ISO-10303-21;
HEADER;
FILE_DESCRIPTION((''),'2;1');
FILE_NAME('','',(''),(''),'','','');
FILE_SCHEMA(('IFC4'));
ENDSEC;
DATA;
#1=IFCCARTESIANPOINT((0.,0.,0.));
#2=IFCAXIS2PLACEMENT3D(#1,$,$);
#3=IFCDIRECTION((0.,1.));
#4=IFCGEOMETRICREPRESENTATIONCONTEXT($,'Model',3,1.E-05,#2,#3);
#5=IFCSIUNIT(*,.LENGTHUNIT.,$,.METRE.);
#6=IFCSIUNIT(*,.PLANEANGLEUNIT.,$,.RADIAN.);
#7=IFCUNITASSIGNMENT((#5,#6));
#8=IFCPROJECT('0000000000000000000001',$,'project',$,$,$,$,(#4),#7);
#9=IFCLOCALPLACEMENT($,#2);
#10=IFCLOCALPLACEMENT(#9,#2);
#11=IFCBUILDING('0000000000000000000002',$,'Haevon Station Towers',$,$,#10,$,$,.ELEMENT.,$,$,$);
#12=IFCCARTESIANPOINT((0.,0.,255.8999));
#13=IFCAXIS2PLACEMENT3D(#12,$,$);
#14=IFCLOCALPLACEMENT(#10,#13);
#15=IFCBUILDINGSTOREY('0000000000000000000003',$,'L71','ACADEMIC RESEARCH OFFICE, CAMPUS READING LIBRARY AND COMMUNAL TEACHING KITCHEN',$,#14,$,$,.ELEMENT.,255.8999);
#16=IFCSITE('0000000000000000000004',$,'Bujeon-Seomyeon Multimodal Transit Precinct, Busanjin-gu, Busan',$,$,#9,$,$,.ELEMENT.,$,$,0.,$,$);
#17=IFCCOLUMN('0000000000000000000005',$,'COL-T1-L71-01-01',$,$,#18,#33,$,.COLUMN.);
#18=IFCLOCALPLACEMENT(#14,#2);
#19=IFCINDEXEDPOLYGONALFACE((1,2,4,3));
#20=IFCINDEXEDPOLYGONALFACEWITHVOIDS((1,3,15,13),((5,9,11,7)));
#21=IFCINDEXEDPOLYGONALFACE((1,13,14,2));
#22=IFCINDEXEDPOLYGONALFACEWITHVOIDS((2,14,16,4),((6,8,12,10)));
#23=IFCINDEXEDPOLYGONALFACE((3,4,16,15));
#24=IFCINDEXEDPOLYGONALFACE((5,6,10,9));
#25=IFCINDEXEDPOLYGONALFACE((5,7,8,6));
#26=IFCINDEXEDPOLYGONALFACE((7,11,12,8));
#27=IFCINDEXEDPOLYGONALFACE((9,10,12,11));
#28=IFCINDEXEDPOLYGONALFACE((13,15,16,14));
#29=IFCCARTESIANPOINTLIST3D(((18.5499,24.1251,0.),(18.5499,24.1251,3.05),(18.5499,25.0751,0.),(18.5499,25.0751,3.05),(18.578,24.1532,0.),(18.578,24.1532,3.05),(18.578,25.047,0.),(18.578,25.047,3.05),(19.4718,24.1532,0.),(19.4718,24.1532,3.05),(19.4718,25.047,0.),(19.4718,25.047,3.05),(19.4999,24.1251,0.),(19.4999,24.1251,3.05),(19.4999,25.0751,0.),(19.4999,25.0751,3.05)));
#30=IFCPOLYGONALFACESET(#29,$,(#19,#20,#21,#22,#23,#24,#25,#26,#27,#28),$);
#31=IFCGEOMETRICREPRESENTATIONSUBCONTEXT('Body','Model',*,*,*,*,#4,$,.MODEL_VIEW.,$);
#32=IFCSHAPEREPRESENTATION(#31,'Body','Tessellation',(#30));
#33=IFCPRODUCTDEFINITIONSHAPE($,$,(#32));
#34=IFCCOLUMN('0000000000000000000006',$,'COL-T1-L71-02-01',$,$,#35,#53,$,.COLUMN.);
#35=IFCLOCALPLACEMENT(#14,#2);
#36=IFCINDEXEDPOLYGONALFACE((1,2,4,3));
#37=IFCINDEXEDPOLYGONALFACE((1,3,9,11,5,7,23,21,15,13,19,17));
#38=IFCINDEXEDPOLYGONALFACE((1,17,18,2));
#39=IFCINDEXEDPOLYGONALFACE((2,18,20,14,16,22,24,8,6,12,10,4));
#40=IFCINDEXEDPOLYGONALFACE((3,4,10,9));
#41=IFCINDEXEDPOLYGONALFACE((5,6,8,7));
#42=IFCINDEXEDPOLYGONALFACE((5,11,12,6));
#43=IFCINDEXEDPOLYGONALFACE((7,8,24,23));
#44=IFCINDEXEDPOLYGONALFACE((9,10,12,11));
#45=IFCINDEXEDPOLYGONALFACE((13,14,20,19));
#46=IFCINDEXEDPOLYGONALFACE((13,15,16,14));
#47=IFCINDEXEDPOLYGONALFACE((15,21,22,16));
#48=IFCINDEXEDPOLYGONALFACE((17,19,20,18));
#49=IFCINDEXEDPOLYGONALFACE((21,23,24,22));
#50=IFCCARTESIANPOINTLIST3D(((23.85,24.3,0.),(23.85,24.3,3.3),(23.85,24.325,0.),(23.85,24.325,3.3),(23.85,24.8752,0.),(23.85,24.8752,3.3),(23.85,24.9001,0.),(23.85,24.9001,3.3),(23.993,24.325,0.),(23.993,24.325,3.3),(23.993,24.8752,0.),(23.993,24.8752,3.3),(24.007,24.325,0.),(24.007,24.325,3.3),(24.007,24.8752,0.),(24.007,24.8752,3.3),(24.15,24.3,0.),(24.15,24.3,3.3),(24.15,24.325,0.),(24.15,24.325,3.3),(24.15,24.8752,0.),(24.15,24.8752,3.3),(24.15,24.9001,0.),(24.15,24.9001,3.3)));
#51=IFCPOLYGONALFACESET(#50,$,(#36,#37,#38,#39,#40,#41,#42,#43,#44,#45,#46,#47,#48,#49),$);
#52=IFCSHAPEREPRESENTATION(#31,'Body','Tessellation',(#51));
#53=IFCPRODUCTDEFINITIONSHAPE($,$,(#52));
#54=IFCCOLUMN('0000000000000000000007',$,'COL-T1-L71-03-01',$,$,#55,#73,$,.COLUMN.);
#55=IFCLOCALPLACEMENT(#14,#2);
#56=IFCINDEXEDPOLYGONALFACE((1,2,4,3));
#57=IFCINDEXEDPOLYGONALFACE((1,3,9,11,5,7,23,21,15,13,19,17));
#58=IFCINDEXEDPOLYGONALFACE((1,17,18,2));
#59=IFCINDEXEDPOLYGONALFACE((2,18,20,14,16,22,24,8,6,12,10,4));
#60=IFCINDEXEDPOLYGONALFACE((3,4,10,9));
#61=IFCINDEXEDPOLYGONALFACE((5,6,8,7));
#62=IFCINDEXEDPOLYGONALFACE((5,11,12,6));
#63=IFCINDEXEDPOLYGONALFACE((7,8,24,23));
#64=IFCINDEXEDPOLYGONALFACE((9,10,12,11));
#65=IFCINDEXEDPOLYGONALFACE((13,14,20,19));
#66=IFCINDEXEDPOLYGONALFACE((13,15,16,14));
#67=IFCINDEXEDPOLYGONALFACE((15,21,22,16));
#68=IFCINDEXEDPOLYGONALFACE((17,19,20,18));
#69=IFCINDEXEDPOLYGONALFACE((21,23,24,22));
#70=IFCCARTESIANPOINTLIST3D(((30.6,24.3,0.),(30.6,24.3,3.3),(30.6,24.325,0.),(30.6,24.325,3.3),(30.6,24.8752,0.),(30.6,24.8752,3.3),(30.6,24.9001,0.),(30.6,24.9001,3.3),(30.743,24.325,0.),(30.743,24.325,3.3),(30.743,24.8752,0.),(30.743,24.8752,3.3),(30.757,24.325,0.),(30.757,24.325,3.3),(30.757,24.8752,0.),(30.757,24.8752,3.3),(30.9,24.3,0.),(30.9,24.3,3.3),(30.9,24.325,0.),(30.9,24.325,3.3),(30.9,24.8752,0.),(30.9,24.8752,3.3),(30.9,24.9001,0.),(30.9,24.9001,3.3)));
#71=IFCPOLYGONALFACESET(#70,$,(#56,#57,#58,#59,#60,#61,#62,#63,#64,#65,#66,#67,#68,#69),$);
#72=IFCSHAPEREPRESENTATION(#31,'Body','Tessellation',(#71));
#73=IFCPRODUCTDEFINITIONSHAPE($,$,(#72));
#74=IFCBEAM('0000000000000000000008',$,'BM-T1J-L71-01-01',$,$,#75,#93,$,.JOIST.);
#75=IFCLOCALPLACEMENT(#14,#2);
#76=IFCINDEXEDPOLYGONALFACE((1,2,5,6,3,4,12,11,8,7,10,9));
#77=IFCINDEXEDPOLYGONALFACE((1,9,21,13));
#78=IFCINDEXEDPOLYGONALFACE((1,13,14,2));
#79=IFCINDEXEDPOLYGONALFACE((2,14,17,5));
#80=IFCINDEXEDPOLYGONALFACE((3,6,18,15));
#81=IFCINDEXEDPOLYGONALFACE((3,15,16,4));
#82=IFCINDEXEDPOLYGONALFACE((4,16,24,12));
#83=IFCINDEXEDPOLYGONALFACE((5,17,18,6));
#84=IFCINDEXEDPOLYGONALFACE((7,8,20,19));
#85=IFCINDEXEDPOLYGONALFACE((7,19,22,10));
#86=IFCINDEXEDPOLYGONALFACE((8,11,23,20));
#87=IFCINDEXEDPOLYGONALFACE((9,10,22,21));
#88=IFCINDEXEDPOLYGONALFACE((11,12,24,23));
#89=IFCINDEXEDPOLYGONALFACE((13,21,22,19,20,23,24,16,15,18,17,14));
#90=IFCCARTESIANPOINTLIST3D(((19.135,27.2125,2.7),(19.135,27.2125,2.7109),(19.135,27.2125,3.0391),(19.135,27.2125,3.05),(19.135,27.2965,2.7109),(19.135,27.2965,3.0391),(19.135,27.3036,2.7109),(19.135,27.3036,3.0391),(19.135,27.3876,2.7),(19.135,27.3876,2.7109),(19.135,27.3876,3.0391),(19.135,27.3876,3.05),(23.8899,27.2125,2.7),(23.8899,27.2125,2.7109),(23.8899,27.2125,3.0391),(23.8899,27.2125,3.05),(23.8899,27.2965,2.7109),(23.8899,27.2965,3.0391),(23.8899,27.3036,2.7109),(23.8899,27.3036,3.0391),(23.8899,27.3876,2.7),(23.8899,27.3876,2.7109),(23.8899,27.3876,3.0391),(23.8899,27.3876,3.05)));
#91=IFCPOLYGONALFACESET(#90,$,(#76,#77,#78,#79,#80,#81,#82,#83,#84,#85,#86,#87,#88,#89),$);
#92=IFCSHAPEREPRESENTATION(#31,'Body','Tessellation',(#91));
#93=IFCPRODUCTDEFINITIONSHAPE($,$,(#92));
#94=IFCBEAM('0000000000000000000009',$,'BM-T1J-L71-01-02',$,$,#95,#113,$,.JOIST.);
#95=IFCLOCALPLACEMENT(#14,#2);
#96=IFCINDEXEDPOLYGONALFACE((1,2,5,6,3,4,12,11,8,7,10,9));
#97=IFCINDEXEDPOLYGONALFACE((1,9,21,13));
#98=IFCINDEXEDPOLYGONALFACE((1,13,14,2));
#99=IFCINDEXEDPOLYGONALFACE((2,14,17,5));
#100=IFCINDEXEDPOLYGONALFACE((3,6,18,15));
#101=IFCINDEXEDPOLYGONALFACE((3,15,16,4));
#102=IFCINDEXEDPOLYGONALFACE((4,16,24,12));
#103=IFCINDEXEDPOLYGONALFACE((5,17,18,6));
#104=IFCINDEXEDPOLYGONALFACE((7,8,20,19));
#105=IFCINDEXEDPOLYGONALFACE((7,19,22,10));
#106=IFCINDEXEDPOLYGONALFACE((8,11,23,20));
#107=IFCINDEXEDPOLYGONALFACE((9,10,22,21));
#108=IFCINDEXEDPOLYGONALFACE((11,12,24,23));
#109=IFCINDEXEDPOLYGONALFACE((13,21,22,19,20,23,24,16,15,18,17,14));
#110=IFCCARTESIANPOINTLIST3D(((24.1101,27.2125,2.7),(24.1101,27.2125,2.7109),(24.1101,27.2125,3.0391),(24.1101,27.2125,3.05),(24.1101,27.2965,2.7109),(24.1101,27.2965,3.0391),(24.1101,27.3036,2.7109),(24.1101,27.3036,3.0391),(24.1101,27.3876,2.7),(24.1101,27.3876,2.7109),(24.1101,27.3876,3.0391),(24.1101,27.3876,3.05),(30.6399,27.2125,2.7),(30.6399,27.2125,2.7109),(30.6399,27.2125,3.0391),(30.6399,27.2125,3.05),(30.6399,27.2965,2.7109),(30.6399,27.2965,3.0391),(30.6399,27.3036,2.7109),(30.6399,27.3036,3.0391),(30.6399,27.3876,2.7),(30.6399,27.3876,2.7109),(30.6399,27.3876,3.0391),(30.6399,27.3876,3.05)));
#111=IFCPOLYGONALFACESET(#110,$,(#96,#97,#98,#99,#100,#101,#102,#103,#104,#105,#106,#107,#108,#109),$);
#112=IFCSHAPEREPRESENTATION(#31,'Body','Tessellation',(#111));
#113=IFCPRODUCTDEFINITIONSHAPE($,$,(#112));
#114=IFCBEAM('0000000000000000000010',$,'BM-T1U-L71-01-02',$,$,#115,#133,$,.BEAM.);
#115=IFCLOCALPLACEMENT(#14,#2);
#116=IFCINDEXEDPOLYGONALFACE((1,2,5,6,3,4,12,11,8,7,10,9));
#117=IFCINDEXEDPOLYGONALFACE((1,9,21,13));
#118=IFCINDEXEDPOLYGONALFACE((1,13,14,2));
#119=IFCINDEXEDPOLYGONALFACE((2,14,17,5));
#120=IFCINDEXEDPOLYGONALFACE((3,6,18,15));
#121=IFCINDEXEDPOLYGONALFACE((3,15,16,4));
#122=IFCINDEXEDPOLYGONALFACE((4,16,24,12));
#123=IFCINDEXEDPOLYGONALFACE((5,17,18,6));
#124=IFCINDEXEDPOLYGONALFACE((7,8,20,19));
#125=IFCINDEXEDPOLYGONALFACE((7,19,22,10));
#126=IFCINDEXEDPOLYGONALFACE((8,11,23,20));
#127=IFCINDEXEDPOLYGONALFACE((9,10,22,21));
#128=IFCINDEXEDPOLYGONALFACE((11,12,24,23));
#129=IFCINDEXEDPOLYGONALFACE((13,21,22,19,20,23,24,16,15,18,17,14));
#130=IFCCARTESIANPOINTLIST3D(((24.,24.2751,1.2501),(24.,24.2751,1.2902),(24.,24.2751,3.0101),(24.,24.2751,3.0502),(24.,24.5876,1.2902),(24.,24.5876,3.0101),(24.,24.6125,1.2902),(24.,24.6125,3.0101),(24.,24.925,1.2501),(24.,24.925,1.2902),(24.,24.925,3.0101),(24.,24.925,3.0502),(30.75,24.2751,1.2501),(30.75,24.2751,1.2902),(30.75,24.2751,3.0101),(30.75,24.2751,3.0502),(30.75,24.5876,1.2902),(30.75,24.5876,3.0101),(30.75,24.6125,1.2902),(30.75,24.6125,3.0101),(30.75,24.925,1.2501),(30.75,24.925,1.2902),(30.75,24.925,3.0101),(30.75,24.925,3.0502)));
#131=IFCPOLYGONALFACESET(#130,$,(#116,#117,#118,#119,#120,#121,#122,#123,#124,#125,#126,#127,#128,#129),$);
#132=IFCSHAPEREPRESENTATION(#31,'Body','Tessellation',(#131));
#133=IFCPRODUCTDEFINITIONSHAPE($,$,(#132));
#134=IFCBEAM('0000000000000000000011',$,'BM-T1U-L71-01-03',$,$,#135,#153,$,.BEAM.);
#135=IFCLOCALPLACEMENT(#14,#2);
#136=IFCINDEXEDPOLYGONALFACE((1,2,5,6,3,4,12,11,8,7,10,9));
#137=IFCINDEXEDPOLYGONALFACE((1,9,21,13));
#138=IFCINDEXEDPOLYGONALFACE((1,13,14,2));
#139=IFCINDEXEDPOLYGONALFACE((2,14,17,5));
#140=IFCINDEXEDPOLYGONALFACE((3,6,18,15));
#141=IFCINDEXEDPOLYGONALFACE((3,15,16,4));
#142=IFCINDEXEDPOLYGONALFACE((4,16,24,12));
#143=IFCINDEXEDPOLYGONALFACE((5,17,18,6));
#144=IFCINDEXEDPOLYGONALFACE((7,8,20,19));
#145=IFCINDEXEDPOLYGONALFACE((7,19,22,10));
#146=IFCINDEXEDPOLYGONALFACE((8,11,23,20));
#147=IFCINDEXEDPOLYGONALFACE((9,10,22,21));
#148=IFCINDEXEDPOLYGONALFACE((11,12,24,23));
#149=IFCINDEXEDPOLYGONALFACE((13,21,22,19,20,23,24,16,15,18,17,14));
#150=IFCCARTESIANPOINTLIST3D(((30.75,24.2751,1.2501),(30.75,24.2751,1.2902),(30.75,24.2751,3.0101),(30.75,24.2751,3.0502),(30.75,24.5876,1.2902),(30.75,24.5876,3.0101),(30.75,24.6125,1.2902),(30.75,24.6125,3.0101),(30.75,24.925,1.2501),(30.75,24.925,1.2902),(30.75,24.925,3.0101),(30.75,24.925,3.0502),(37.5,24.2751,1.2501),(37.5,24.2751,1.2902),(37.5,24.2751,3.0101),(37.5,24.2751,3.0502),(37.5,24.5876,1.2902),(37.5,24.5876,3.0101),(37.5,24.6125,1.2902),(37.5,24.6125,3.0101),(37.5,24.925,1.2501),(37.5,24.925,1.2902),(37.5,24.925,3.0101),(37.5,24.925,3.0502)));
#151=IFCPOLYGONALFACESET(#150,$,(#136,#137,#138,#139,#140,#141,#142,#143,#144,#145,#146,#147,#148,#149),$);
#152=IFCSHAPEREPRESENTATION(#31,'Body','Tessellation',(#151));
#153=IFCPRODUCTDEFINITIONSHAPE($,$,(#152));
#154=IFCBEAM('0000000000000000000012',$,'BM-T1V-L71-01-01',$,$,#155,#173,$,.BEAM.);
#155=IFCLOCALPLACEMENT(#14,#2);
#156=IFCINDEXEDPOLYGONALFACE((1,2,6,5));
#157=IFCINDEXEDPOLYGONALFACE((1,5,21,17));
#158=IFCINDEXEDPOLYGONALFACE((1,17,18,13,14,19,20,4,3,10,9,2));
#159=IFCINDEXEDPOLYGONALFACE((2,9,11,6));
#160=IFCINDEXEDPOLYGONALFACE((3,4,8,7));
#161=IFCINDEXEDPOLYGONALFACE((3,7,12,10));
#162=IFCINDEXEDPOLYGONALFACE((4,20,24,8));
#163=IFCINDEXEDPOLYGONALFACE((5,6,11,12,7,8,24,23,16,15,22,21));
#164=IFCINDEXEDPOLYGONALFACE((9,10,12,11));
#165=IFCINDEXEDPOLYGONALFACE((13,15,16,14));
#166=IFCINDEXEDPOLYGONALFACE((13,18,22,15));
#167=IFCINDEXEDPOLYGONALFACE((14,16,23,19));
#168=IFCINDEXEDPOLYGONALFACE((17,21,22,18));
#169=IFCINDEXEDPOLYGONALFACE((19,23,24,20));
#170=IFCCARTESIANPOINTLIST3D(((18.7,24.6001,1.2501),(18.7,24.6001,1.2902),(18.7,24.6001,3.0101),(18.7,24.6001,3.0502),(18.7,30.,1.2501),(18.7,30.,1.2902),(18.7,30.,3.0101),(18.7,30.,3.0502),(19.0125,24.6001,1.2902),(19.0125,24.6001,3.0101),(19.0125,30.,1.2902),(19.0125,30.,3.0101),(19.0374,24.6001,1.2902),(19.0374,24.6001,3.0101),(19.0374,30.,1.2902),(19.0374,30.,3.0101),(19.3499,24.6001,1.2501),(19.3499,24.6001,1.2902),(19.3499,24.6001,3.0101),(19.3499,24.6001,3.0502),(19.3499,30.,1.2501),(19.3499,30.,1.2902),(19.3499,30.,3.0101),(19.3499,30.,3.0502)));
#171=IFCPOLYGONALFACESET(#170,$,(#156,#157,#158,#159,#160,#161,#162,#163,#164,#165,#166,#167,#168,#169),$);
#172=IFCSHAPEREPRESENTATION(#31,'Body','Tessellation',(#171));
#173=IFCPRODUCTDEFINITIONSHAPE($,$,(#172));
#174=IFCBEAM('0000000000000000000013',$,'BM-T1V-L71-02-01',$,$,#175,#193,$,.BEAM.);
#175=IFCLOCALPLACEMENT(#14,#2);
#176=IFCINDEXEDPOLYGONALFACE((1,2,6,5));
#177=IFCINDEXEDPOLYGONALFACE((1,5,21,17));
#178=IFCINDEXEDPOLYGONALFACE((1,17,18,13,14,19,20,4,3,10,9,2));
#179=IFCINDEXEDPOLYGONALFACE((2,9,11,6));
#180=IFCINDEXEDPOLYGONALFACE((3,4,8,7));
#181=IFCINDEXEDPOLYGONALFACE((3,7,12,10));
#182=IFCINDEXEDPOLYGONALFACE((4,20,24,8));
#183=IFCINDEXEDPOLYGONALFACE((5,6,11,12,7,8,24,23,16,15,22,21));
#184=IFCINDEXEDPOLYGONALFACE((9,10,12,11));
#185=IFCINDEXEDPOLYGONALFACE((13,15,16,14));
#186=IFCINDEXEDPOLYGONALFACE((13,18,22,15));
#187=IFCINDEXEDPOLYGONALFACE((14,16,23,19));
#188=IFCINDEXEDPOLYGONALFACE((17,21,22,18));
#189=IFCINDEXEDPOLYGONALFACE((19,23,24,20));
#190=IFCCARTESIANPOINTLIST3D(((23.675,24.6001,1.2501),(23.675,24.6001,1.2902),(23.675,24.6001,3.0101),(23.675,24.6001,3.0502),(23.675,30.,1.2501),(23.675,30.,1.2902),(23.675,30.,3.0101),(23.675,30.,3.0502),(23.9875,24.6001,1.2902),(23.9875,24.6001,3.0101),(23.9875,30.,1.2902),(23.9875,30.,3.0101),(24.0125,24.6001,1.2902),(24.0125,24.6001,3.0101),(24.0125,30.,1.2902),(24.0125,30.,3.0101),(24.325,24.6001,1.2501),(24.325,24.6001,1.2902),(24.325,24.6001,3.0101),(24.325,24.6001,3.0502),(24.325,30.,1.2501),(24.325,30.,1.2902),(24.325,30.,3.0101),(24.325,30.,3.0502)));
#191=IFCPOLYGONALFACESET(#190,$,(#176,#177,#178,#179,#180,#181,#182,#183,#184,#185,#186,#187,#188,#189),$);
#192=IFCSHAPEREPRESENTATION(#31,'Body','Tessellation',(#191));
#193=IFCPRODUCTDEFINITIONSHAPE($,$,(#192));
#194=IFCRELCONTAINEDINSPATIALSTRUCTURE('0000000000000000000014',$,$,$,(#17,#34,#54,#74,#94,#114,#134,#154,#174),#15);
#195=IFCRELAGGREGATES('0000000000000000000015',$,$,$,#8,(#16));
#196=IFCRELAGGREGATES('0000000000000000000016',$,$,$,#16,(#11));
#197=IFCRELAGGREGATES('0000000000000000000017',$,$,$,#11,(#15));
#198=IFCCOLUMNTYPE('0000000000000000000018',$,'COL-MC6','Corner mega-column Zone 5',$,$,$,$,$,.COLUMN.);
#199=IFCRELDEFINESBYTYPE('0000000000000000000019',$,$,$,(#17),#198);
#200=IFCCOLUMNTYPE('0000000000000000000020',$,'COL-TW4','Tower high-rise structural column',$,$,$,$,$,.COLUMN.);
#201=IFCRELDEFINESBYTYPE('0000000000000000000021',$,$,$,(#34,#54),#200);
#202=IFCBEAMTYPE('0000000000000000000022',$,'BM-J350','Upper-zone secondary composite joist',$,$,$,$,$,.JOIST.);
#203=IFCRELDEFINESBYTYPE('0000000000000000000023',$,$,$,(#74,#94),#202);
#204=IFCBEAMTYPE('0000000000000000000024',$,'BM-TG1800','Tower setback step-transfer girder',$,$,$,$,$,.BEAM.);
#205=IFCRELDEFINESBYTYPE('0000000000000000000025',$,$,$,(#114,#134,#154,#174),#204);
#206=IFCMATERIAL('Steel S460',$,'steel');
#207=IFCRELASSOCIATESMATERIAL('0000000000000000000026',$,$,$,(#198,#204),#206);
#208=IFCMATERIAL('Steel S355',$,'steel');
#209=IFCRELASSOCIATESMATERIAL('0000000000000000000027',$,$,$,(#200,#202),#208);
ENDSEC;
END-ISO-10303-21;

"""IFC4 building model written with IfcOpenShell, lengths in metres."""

from ifc_helpers import new_model, si_unit, direction, frame, origin, origin_2d, place, context, subcontext, project, spatial, hollow_rectangle, i_section, extrude, material, material_profile, profile_set, type_object, element, save


model = new_model("IFC4")

# Units and contexts
model_context = context("Model", 3, precision=1e-05, world=origin(), true_north=direction((0.0, 1.0)))
body_context = subcontext(model_context, "Body", "Model", "MODEL_VIEW")
ifc_project = project(units=[si_unit("LENGTHUNIT", "METRE"), si_unit("PLANEANGLEUNIT", "RADIAN")], contexts=[model_context])

# Site, building, storey
site_placement = place(None, origin())
site = spatial("IfcSite", under=ifc_project, at=site_placement, Name="Bujeon-Seomyeon Multimodal Transit Precinct, Busanjin-gu, Busan", CompositionType="ELEMENT", RefElevation=0.0)
building_placement = place(site_placement, origin())
building = spatial("IfcBuilding", under=site, at=building_placement, Name="Haevon Station Towers", CompositionType="ELEMENT")
storey_placement = place(building_placement, frame((0.0, 0.0, 255.8999)))
storey = spatial("IfcBuildingStorey", under=building, at=storey_placement, Name="L71", Description="ACADEMIC RESEARCH OFFICE, CAMPUS READING LIBRARY AND COMMUNAL TEACHING KITCHEN", CompositionType="ELEMENT", Elevation=255.8999)

# Columns
ifc_material_1 = material(Name="Steel S460", Category="steel")
ifc_material_profile_1 = material_profile(ifc_material_1, hollow_rectangle(XDim=0.95, YDim=0.95, WallThickness=0.0281, at=origin_2d()), Name="BOX-950x950x28")
ifc_profile_set_1 = profile_set([ifc_material_profile_1], Name="Steel S460")
column_type_1 = type_object("IfcColumnType", Name="COL-MC6", Description="Corner mega-column Zone 5", PredefinedType="COLUMN", material=ifc_profile_set_1)
column_placement = place(storey_placement, frame((19.0249, 24.6001, 0.0), z_axis=(0.0, 0.0, 1.0), x_axis=(1.0, 0.0, 0.0)))
element("IfcColumn", 1, at=column_placement, inside=storey, type_object=column_type_1, Name="COL-T1-L71-01-01", PredefinedType="COLUMN", context=body_context, shape_type="SweptSolid", body=[
    extrude(hollow_rectangle(XDim=0.95, YDim=0.95, WallThickness=0.0281, at=origin_2d()), origin(), (0.0, 0.0, 1.0), 3.05),
])
ifc_material_2 = material(Name="Steel S355", Category="steel")
ifc_material_profile_2 = material_profile(ifc_material_2, i_section(OverallWidth=0.3, OverallDepth=0.6001, WebThickness=0.0139, FlangeThickness=0.0249, at=origin_2d()), Name="H-600x300x14x25")
ifc_profile_set_2 = profile_set([ifc_material_profile_2], Name="Steel S355")
column_type_2 = type_object("IfcColumnType", Name="COL-TW4", Description="Tower high-rise structural column", PredefinedType="COLUMN", material=ifc_profile_set_2)
for number, where, z_axis, x_axis, name in (
    (2, (24.0, 24.6001, 0.0), (0.0, 0.0, 1.0), (1.0, 0.0, 0.0), "COL-T1-L71-02-01"),
    (3, (30.75, 24.6001, 0.0), (0.0, 0.0, 1.0), (1.0, 0.0, 0.0), "COL-T1-L71-03-01"),
):
    element("IfcColumn", number, at=place(storey_placement, frame(where, z_axis=z_axis, x_axis=x_axis)), inside=storey, type_object=column_type_2, Name=name, PredefinedType="COLUMN", context=body_context, shape_type="SweptSolid", body=[
        extrude(i_section(OverallWidth=0.3, OverallDepth=0.6001, WebThickness=0.0139, FlangeThickness=0.0249, at=origin_2d()), origin(), (0.0, 0.0, 1.0), 3.3),
    ])

# Beams
ifc_material_profile_3 = material_profile(ifc_material_2, i_section(OverallWidth=0.175, OverallDepth=0.3501, WebThickness=0.0071, FlangeThickness=0.011, at=origin_2d()), Name="H-350x175x7x11")
ifc_profile_set_3 = profile_set([ifc_material_profile_3], Name="Steel S355")
beam_type_1 = type_object("IfcBeamType", Name="BM-J350", Description="Upper-zone secondary composite joist", PredefinedType="JOIST", material=ifc_profile_set_3)
beam_1_placement = place(storey_placement, frame((19.135, 27.3, 2.875), z_axis=(1.0, 0.0, 0.0), x_axis=(0.0, 1.0, 0.0)))
element("IfcBeam", 4, at=beam_1_placement, inside=storey, type_object=beam_type_1, Name="BM-T1J-L71-01-01", PredefinedType="JOIST", context=body_context, shape_type="SweptSolid", body=[
    extrude(i_section(OverallWidth=0.175, OverallDepth=0.3501, WebThickness=0.0071, FlangeThickness=0.011, at=origin_2d()), origin(), (0.0, 0.0, 1.0), 4.7549),
])
beam_2_placement = place(storey_placement, frame((24.1101, 27.3, 2.875), z_axis=(1.0, 0.0, 0.0), x_axis=(0.0, 1.0, 0.0)))
element("IfcBeam", 5, at=beam_2_placement, inside=storey, type_object=beam_type_1, Name="BM-T1J-L71-01-02", PredefinedType="JOIST", context=body_context, shape_type="SweptSolid", body=[
    extrude(i_section(OverallWidth=0.175, OverallDepth=0.3501, WebThickness=0.0071, FlangeThickness=0.011, at=origin_2d()), origin(), (0.0, 0.0, 1.0), 6.5298),
])
ifc_material_profile_4 = material_profile(ifc_material_1, i_section(OverallWidth=0.6499, OverallDepth=1.8, WebThickness=0.0249, FlangeThickness=0.04, at=origin_2d()), Name="H-1800x650x25x40")
ifc_profile_set_4 = profile_set([ifc_material_profile_4], Name="Steel S460")
beam_type_2 = type_object("IfcBeamType", Name="BM-TG1800", Description="Tower setback step-transfer girder", PredefinedType="BEAM", material=ifc_profile_set_4)
for number, where, z_axis, x_axis, name in (
    (6, (24.0, 24.6001, 2.1501), (1.0, 0.0, 0.0), (0.0, 1.0, 0.0), "BM-T1U-L71-01-02"),
    (7, (30.75, 24.6001, 2.1501), (1.0, 0.0, 0.0), (0.0, 1.0, 0.0), "BM-T1U-L71-01-03"),
):
    element("IfcBeam", number, at=place(storey_placement, frame(where, z_axis=z_axis, x_axis=x_axis)), inside=storey, type_object=beam_type_2, Name=name, PredefinedType="BEAM", context=body_context, shape_type="SweptSolid", body=[
        extrude(i_section(OverallWidth=0.6499, OverallDepth=1.8, WebThickness=0.0249, FlangeThickness=0.04, at=origin_2d()), origin(), (0.0, 0.0, 1.0), 6.75),
    ])
for number, where, z_axis, x_axis, name in (
    (8, (19.0249, 24.6001, 2.1501), (0.0, 1.0, 0.0), (-1.0, 0.0, 0.0), "BM-T1V-L71-01-01"),
    (9, (24.0, 24.6001, 2.1501), (0.0, 1.0, 0.0), (-1.0, 0.0, 0.0), "BM-T1V-L71-02-01"),
):
    element("IfcBeam", number, at=place(storey_placement, frame(where, z_axis=z_axis, x_axis=x_axis)), inside=storey, type_object=beam_type_2, Name=name, PredefinedType="BEAM", context=body_context, shape_type="SweptSolid", body=[
        extrude(i_section(OverallWidth=0.6499, OverallDepth=1.8, WebThickness=0.0249, FlangeThickness=0.04, at=origin_2d()), origin(), (0.0, 0.0, 1.0), 5.3999),
    ])

save(model, "model.ifc")
